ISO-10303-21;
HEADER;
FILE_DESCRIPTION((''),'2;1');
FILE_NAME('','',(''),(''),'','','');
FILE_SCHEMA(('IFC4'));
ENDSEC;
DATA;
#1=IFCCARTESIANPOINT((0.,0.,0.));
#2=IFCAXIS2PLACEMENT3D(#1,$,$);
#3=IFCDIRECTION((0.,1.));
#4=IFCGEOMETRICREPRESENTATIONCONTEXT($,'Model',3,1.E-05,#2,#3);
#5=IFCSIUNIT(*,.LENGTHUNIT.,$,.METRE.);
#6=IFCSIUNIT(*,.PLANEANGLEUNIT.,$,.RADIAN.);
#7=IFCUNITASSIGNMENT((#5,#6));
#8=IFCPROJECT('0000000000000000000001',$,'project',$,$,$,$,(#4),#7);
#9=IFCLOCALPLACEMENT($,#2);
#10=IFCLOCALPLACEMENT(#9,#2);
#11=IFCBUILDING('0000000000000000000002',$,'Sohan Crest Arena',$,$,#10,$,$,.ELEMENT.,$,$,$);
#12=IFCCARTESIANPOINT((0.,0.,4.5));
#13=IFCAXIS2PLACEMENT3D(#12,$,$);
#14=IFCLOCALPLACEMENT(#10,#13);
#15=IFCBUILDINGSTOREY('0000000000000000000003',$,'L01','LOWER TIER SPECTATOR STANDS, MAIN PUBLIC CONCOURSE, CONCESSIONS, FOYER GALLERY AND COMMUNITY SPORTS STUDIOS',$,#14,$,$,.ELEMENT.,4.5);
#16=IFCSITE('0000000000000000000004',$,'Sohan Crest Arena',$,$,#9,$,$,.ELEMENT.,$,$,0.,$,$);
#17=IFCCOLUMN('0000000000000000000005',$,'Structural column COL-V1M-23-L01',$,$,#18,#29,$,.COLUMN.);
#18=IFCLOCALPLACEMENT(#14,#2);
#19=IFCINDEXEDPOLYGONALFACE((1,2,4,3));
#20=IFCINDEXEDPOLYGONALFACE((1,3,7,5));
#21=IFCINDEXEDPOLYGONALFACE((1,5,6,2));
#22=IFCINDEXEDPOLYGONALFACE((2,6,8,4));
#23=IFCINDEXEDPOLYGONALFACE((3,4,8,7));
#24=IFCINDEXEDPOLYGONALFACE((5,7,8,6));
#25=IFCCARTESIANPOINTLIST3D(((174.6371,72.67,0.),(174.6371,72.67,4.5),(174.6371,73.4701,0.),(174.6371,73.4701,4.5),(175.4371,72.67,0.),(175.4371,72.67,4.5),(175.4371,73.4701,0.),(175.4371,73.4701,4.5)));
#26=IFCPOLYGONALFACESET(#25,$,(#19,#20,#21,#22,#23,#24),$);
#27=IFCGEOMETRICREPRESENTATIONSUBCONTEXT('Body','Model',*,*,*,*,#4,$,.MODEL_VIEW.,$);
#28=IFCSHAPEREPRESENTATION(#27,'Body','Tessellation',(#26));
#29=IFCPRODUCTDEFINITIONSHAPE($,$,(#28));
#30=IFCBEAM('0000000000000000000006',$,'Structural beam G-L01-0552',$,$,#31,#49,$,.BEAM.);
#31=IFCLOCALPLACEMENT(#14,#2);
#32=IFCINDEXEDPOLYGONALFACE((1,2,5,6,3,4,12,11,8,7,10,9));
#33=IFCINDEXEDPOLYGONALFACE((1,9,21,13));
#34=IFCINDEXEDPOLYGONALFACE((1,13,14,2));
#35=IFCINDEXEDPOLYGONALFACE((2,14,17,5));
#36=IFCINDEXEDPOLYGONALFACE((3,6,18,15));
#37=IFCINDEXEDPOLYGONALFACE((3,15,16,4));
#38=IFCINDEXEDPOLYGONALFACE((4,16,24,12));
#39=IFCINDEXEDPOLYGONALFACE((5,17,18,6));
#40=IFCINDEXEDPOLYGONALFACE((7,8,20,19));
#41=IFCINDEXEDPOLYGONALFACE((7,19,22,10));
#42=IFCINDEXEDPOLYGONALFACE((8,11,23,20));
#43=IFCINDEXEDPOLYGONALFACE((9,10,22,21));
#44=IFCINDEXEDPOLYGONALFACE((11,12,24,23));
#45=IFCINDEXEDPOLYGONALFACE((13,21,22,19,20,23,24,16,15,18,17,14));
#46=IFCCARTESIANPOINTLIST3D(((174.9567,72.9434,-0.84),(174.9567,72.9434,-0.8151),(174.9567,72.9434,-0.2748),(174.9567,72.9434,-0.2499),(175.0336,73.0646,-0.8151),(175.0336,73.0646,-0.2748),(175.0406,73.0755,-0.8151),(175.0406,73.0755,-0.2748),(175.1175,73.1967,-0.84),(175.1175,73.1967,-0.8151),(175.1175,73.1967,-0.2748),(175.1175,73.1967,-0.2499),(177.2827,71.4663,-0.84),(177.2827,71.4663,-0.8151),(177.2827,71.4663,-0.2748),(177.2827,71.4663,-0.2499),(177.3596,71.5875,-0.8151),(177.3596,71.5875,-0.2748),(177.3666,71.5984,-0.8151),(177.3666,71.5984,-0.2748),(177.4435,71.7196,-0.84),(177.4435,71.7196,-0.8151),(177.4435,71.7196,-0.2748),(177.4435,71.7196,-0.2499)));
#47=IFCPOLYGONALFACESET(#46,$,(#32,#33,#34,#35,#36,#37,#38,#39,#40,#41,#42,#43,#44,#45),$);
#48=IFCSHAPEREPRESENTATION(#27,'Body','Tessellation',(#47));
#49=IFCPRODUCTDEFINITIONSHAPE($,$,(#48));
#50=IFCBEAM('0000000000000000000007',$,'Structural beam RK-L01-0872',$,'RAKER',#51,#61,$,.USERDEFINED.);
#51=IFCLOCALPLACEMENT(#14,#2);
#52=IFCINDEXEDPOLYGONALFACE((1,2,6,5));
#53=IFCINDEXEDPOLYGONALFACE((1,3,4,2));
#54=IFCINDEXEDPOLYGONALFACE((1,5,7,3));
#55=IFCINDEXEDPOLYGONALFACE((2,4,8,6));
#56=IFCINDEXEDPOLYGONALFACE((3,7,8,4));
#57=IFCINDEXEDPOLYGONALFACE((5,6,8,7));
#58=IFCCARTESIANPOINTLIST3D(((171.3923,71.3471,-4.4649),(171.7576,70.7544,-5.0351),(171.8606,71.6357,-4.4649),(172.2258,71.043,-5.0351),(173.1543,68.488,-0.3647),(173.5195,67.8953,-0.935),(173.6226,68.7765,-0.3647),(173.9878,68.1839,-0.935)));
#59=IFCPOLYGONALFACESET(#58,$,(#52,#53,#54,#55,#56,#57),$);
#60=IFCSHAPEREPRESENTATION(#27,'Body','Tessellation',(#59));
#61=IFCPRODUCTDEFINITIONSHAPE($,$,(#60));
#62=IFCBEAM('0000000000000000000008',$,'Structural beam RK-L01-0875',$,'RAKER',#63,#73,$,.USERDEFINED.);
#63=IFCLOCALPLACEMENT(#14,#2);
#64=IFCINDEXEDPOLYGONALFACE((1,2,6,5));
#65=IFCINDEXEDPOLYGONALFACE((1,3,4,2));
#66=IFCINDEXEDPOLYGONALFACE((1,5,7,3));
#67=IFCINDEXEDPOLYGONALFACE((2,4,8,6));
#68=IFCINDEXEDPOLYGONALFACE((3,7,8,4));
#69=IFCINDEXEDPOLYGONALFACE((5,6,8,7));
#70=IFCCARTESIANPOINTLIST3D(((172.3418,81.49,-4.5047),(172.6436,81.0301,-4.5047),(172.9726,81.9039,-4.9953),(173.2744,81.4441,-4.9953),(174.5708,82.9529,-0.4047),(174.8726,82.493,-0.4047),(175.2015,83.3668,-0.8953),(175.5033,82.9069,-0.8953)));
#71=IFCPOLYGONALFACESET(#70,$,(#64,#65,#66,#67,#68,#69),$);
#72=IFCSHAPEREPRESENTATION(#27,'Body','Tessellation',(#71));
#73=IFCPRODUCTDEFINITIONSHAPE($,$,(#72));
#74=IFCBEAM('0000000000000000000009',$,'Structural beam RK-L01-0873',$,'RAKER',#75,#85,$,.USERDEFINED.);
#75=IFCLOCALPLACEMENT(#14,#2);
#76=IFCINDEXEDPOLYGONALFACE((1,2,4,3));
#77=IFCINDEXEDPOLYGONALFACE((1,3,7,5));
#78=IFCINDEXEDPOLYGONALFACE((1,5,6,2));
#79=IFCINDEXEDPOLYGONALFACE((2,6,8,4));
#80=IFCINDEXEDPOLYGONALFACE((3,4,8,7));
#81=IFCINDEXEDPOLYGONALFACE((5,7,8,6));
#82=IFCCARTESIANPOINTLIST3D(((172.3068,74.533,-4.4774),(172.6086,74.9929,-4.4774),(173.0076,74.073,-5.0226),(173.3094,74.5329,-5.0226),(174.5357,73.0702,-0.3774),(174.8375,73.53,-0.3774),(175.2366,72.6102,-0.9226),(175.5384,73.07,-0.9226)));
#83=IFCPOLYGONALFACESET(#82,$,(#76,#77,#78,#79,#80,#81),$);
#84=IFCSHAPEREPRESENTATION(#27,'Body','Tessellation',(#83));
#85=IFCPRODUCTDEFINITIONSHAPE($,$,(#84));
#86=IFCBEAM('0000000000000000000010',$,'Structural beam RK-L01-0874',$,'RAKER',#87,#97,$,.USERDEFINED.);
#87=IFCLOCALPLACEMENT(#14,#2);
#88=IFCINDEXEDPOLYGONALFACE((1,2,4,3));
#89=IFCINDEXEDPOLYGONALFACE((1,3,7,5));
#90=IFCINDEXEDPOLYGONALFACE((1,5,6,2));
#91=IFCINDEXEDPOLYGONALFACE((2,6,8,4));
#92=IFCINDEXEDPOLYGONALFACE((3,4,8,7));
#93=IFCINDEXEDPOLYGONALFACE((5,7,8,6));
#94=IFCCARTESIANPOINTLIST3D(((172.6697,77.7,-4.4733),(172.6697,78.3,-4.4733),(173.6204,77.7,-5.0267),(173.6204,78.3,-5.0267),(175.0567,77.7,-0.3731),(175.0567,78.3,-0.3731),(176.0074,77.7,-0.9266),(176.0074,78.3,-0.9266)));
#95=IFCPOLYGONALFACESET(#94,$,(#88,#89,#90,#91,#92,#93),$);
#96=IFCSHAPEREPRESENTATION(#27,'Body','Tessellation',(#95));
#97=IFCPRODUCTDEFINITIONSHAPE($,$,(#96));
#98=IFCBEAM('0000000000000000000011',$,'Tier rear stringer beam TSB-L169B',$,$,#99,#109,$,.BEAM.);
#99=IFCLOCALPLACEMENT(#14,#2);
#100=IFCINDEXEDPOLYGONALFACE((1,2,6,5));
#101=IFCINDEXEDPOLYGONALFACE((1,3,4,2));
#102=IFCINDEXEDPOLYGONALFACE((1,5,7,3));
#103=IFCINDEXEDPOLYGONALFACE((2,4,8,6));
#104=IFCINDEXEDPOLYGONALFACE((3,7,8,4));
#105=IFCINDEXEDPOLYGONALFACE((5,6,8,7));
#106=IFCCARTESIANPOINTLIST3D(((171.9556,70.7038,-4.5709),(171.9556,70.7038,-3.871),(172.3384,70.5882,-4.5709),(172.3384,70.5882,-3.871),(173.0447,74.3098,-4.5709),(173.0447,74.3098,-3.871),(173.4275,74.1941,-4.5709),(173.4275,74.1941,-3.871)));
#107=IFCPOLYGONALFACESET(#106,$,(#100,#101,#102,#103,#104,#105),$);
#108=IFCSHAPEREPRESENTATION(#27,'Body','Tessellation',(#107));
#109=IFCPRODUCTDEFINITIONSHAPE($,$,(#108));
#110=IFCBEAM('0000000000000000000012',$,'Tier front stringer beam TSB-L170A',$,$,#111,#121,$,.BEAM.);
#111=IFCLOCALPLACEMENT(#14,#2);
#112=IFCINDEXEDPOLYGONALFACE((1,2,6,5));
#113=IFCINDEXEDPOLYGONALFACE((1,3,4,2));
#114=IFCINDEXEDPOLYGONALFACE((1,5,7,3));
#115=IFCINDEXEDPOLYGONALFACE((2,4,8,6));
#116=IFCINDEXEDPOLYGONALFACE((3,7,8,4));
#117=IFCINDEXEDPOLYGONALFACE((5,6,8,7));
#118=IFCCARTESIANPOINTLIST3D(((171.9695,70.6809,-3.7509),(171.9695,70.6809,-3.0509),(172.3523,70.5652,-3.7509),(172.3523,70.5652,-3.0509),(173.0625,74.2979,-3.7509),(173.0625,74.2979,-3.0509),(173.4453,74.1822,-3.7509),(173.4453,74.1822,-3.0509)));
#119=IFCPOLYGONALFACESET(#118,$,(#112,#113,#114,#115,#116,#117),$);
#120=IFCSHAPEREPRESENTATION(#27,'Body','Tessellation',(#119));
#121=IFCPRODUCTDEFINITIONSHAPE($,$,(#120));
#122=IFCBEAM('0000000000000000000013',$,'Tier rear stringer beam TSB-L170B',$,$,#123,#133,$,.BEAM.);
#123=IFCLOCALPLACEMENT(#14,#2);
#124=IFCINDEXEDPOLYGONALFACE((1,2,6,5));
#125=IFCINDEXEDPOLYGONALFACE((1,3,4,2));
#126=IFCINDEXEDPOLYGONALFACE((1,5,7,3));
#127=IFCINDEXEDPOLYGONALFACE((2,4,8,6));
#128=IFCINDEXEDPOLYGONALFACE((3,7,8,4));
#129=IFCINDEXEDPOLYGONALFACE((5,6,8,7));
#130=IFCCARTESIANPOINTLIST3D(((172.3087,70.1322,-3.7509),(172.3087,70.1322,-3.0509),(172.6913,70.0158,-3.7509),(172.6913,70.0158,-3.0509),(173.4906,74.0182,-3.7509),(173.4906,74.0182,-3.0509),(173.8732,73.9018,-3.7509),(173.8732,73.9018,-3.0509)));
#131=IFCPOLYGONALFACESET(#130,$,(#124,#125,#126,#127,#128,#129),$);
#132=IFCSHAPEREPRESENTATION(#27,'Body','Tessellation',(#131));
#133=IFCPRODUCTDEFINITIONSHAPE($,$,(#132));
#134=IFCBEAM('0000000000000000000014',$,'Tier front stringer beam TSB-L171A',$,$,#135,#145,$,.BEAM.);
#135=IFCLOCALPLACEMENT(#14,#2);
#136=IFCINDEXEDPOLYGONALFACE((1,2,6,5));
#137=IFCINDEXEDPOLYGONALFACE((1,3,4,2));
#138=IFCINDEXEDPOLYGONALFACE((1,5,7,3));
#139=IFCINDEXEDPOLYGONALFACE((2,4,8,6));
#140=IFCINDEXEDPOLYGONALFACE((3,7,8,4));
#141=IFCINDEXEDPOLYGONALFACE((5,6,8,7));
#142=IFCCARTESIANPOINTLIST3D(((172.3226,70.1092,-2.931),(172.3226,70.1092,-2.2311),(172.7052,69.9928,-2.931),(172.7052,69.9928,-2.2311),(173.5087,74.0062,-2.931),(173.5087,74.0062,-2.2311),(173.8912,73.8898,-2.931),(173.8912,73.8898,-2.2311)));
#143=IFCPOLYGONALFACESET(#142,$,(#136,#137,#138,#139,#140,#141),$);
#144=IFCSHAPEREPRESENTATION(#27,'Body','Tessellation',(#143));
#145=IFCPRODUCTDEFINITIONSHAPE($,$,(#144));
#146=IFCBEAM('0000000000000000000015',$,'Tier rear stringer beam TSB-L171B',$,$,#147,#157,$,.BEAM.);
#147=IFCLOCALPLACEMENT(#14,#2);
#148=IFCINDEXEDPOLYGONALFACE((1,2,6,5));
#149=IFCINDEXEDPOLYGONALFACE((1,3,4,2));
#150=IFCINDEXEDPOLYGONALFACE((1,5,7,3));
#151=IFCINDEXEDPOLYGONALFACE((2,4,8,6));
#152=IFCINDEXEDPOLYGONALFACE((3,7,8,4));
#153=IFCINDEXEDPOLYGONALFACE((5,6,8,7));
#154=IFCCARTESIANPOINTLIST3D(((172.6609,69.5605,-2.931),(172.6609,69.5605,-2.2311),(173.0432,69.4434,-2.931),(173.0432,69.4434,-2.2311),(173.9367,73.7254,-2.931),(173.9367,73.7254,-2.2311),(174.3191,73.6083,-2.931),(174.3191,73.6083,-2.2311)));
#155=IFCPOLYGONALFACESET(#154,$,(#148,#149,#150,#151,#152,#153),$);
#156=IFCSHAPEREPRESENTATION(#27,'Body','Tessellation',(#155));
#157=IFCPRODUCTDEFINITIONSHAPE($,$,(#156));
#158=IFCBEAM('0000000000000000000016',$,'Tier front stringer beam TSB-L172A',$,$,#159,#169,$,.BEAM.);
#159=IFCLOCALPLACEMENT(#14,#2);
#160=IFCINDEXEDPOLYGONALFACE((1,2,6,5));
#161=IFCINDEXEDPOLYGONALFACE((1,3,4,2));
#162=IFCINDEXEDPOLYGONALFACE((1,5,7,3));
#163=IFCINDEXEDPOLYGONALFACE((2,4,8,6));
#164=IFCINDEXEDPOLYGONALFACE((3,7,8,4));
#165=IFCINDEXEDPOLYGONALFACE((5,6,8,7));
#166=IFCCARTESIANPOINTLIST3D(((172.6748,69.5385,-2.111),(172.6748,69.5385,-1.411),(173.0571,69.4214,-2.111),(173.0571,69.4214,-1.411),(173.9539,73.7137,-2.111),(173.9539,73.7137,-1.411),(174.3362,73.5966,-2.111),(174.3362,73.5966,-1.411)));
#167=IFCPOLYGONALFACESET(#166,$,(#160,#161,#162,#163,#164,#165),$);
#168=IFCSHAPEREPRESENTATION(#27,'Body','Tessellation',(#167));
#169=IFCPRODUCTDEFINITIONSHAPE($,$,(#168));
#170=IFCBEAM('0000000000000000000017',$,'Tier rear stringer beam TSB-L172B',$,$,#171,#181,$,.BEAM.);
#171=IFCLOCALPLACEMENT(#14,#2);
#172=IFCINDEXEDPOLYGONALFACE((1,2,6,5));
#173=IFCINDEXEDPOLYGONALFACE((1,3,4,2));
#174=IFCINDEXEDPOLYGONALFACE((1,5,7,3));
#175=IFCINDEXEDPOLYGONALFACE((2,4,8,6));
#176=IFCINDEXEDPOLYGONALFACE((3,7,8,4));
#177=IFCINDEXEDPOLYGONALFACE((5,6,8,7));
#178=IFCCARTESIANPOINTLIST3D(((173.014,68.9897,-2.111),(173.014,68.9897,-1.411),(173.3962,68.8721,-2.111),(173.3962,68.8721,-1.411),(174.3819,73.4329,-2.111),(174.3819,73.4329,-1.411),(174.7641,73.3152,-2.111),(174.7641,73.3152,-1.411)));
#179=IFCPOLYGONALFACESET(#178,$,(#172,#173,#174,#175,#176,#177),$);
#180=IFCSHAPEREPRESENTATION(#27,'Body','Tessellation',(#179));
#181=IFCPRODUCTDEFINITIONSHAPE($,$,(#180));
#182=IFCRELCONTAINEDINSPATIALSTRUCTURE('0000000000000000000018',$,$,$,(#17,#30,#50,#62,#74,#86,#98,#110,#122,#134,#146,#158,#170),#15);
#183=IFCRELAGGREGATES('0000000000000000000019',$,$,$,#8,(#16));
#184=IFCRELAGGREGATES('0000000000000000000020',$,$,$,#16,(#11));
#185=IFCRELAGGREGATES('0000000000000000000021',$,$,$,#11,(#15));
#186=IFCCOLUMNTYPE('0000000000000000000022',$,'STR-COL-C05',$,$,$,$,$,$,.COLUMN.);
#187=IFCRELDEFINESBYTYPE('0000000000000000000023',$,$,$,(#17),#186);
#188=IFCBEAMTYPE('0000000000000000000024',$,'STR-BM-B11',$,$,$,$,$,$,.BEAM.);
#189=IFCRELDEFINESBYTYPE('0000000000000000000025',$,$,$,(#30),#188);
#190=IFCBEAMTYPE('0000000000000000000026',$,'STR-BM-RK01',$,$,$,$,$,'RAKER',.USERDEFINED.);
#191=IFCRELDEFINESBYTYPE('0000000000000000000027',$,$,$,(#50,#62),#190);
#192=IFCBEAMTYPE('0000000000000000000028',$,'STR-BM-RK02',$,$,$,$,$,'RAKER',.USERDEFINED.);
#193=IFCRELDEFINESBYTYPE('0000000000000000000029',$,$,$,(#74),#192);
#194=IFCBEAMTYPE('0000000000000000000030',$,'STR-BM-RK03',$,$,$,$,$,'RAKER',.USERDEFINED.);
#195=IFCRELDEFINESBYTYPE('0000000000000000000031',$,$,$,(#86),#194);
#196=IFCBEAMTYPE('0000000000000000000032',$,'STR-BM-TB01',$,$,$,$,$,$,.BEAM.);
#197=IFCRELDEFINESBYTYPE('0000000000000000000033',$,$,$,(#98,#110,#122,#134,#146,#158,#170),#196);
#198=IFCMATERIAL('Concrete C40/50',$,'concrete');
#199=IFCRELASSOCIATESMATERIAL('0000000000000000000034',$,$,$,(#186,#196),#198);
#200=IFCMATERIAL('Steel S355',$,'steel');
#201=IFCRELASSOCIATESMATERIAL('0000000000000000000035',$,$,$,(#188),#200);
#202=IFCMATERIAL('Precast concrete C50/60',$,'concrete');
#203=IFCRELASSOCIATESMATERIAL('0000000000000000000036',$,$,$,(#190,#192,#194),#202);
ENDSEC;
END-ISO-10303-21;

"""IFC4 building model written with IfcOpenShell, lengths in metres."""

from ifc_helpers import new_model, si_unit, direction, frame, origin, origin_2d, place, context, subcontext, project, spatial, rectangle, i_section, extrude, material, material_profile, profile_set, type_object, element, save


model = new_model("IFC4")

# Units and contexts
model_context = context("Model", 3, precision=1e-05, world=origin(), true_north=direction((0.0, 1.0)))
body_context = subcontext(model_context, "Body", "Model", "MODEL_VIEW")
ifc_project = project(units=[si_unit("LENGTHUNIT", "METRE"), si_unit("PLANEANGLEUNIT", "RADIAN")], contexts=[model_context])

# Site, building, storey
site_placement = place(None, origin())
site = spatial("IfcSite", under=ifc_project, at=site_placement, Name="Sohan Crest Arena", CompositionType="ELEMENT", RefElevation=0.0)
building_placement = place(site_placement, origin())
building = spatial("IfcBuilding", under=site, at=building_placement, Name="Sohan Crest Arena", CompositionType="ELEMENT")
storey_placement = place(building_placement, frame((0.0, 0.0, 4.5)))
storey = spatial("IfcBuildingStorey", under=building, at=storey_placement, Name="L01", Description="LOWER TIER SPECTATOR STANDS, MAIN PUBLIC CONCOURSE, CONCESSIONS, FOYER GALLERY AND COMMUNITY SPORTS STUDIOS", CompositionType="ELEMENT", Elevation=4.5)

# Column
ifc_material_1 = material(Name="Concrete C40/50", Category="concrete")
ifc_material_profile_1 = material_profile(ifc_material_1, rectangle(XDim=0.8, YDim=0.8, at=origin_2d()), Name="RC 800x800")
ifc_profile_set_1 = profile_set([ifc_material_profile_1], Name="Concrete C40/50")
column_type = type_object("IfcColumnType", Name="STR-COL-C05", PredefinedType="COLUMN", material=ifc_profile_set_1)
column_placement = place(storey_placement, frame((175.0371, 73.0701, 0.0), z_axis=(0.0, 0.0, 1.0), x_axis=(1.0, 0.0, 0.0)))
element("IfcColumn", 1, at=column_placement, inside=storey, type_object=column_type, Name="Structural column COL-V1M-23-L01", PredefinedType="COLUMN", context=body_context, shape_type="SweptSolid", body=[
    extrude(rectangle(XDim=0.8, YDim=0.8, at=origin_2d()), origin(), (0.0, 0.0, 1.0), 4.5),
])

# Beams
ifc_material_2 = material(Name="Steel S355", Category="steel")
ifc_material_profile_2 = material_profile(ifc_material_2, i_section(OverallWidth=0.3, OverallDepth=0.5901, WebThickness=0.0129, FlangeThickness=0.0249, at=origin_2d()), Name="HEA 600")
ifc_profile_set_2 = profile_set([ifc_material_profile_2], Name="Steel S355")
beam_type_1 = type_object("IfcBeamType", Name="STR-BM-B11", PredefinedType="BEAM", material=ifc_profile_set_2)
beam_1_placement = place(storey_placement, frame((175.0371, 73.0701, -0.5449), z_axis=(0.844168, -0.536078, 0.0), x_axis=(0.536078, 0.844168, 0.0)))
element("IfcBeam", 2, at=beam_1_placement, inside=storey, type_object=beam_type_1, Name="Structural beam G-L01-0552", PredefinedType="BEAM", context=body_context, shape_type="SweptSolid", body=[
    extrude(i_section(OverallWidth=0.3, OverallDepth=0.5901, WebThickness=0.0129, FlangeThickness=0.0249, at=origin_2d()), origin(), (0.0, 0.0, 1.0), 2.7554),
])
ifc_material_3 = material(Name="Precast concrete C50/60", Category="concrete")
ifc_material_profile_3 = material_profile(ifc_material_3, rectangle(XDim=0.55, YDim=0.8999, at=origin_2d()), Name="RAKER 550x900")
ifc_profile_set_3 = profile_set([ifc_material_profile_3], Name="Precast concrete C50/60")
beam_type_2 = type_object("IfcBeamType", Name="STR-BM-RK01", ElementType="RAKER", PredefinedType="USERDEFINED", material=ifc_profile_set_3)
beam_2_placement = place(storey_placement, frame((171.8091, 71.1951, -4.75), z_axis=(0.332446, -0.539459, 0.773604), x_axis=(0.851326, 0.524637, 0.0)))
element("IfcBeam", 3, at=beam_2_placement, inside=storey, type_object=beam_type_2, Name="Structural beam RK-L01-0872", ObjectType="RAKER", PredefinedType="USERDEFINED", context=body_context, shape_type="SweptSolid", body=[
    extrude(rectangle(XDim=0.55, YDim=0.8999, at=origin_2d()), origin(), (0.0, 0.0, 1.0), 5.3),
])
beam_3_placement = place(storey_placement, frame((172.8081, 81.467, -4.75), z_axis=(0.45576, 0.299115, 0.838339), x_axis=(-0.548684, 0.83603, 0.0)))
element("IfcBeam", 4, at=beam_3_placement, inside=storey, type_object=beam_type_2, Name="Structural beam RK-L01-0875", ObjectType="RAKER", PredefinedType="USERDEFINED", context=body_context, shape_type="SweptSolid", body=[
    extrude(rectangle(XDim=0.55, YDim=0.8999, at=origin_2d()), origin(), (0.0, 0.0, 1.0), 4.8906),
])
ifc_material_profile_4 = material_profile(ifc_material_3, rectangle(XDim=0.55, YDim=1.0, at=origin_2d()), Name="RAKER 550x1000")
ifc_profile_set_4 = profile_set([ifc_material_profile_4], Name="Precast concrete C50/60")
beam_type_3 = type_object("IfcBeamType", Name="STR-BM-RK02", ElementType="RAKER", PredefinedType="USERDEFINED", material=ifc_profile_set_4)
beam_4_placement = place(storey_placement, frame((172.8081, 74.533, -4.75), z_axis=(0.45576, -0.299115, 0.838339), x_axis=(0.548684, 0.83603, 0.0)))
element("IfcBeam", 5, at=beam_4_placement, inside=storey, type_object=beam_type_3, Name="Structural beam RK-L01-0873", ObjectType="RAKER", PredefinedType="USERDEFINED", context=body_context, shape_type="SweptSolid", body=[
    extrude(rectangle(XDim=0.55, YDim=1.0, at=origin_2d()), origin(), (0.0, 0.0, 1.0), 4.8906),
])
ifc_material_profile_5 = material_profile(ifc_material_3, rectangle(XDim=0.6001, YDim=1.1001, at=origin_2d()), Name="RAKER 600x1100")
ifc_profile_set_5 = profile_set([ifc_material_profile_5], Name="Precast concrete C50/60")
beam_type_4 = type_object("IfcBeamType", Name="STR-BM-RK03", ElementType="RAKER", PredefinedType="USERDEFINED", material=ifc_profile_set_5)
beam_5_placement = place(storey_placement, frame((173.145, 78.0, -4.75), z_axis=(0.503122, 0.0, 0.864215), x_axis=(0.0, 1.0, 0.0)))
element("IfcBeam", 6, at=beam_5_placement, inside=storey, type_object=beam_type_4, Name="Structural beam RK-L01-0874", ObjectType="RAKER", PredefinedType="USERDEFINED", context=body_context, shape_type="SweptSolid", body=[
    extrude(rectangle(XDim=0.6001, YDim=1.1001, at=origin_2d()), origin(), (0.0, 0.0, 1.0), 4.7444),
])
ifc_material_profile_6 = material_profile(ifc_material_1, rectangle(XDim=0.3999, YDim=0.7, at=origin_2d()), Name="RC-BM 400x700")
ifc_profile_set_6 = profile_set([ifc_material_profile_6], Name="Concrete C40/50")
beam_type_5 = type_object("IfcBeamType", Name="STR-BM-TB01", PredefinedType="BEAM", material=ifc_profile_set_6)
beam_6_placement = place(storey_placement, frame((172.147, 70.646, -4.2209), z_axis=(0.289131, 0.957289, 0.0), x_axis=(-0.957289, 0.289131, 0.0)))
element("IfcBeam", 7, at=beam_6_placement, inside=storey, type_object=beam_type_5, Name="Tier rear stringer beam TSB-L169B", PredefinedType="BEAM", context=body_context, shape_type="SweptSolid", body=[
    extrude(rectangle(XDim=0.3999, YDim=0.7, at=origin_2d()), origin(), (0.0, 0.0, 1.0), 3.7668),
])
beam_7_placement = place(storey_placement, frame((172.1609, 70.623, -3.4009), z_axis=(0.289274, 0.957246, 0.0), x_axis=(-0.957246, 0.289274, 0.0)))
element("IfcBeam", 8, at=beam_7_placement, inside=storey, type_object=beam_type_5, Name="Tier front stringer beam TSB-L170A", PredefinedType="BEAM", context=body_context, shape_type="SweptSolid", body=[
    extrude(rectangle(XDim=0.3999, YDim=0.7, at=origin_2d()), origin(), (0.0, 0.0, 1.0), 3.7786),
])
beam_8_placement = place(storey_placement, frame((172.5, 70.074, -3.4009), z_axis=(0.29098, 0.956729, 0.0), x_axis=(-0.956729, 0.29098, 0.0)))
element("IfcBeam", 9, at=beam_8_placement, inside=storey, type_object=beam_type_5, Name="Tier rear stringer beam TSB-L170B", PredefinedType="BEAM", context=body_context, shape_type="SweptSolid", body=[
    extrude(rectangle(XDim=0.3999, YDim=0.7, at=origin_2d()), origin(), (0.0, 0.0, 1.0), 4.0618),
])
beam_9_placement = place(storey_placement, frame((172.5139, 70.051, -2.5811), z_axis=(0.291162, 0.956674, 0.0), x_axis=(-0.956674, 0.291162, 0.0)))
element("IfcBeam", 10, at=beam_9_placement, inside=storey, type_object=beam_type_5, Name="Tier front stringer beam TSB-L171A", PredefinedType="BEAM", context=body_context, shape_type="SweptSolid", body=[
    extrude(rectangle(XDim=0.3999, YDim=0.7, at=origin_2d()), origin(), (0.0, 0.0, 1.0), 4.0735),
])
beam_10_placement = place(storey_placement, frame((172.8521, 69.502, -2.5811), z_axis=(0.292896, 0.956144, 0.0), x_axis=(-0.956144, 0.292896, 0.0)))
element("IfcBeam", 11, at=beam_10_placement, inside=storey, type_object=beam_type_5, Name="Tier rear stringer beam TSB-L171B", PredefinedType="BEAM", context=body_context, shape_type="SweptSolid", body=[
    extrude(rectangle(XDim=0.3999, YDim=0.7, at=origin_2d()), origin(), (0.0, 0.0, 1.0), 4.356),
])
beam_11_placement = place(storey_placement, frame((172.866, 69.48, -1.761), z_axis=(0.292919, 0.956137, 0.0), x_axis=(-0.956137, 0.292919, 0.0)))
element("IfcBeam", 12, at=beam_11_placement, inside=storey, type_object=beam_type_5, Name="Tier front stringer beam TSB-L172A", PredefinedType="BEAM", context=body_context, shape_type="SweptSolid", body=[
    extrude(rectangle(XDim=0.3999, YDim=0.7, at=origin_2d()), origin(), (0.0, 0.0, 1.0), 4.3667),
])
beam_12_placement = place(storey_placement, frame((173.2051, 68.9309, -1.761), z_axis=(0.294245, 0.95573, 0.0), x_axis=(-0.95573, 0.294245, 0.0)))
element("IfcBeam", 13, at=beam_12_placement, inside=storey, type_object=beam_type_5, Name="Tier rear stringer beam TSB-L172B", PredefinedType="BEAM", context=body_context, shape_type="SweptSolid", body=[
    extrude(rectangle(XDim=0.3999, YDim=0.7, at=origin_2d()), origin(), (0.0, 0.0, 1.0), 4.6489),
])

save(model, "model.ifc")
